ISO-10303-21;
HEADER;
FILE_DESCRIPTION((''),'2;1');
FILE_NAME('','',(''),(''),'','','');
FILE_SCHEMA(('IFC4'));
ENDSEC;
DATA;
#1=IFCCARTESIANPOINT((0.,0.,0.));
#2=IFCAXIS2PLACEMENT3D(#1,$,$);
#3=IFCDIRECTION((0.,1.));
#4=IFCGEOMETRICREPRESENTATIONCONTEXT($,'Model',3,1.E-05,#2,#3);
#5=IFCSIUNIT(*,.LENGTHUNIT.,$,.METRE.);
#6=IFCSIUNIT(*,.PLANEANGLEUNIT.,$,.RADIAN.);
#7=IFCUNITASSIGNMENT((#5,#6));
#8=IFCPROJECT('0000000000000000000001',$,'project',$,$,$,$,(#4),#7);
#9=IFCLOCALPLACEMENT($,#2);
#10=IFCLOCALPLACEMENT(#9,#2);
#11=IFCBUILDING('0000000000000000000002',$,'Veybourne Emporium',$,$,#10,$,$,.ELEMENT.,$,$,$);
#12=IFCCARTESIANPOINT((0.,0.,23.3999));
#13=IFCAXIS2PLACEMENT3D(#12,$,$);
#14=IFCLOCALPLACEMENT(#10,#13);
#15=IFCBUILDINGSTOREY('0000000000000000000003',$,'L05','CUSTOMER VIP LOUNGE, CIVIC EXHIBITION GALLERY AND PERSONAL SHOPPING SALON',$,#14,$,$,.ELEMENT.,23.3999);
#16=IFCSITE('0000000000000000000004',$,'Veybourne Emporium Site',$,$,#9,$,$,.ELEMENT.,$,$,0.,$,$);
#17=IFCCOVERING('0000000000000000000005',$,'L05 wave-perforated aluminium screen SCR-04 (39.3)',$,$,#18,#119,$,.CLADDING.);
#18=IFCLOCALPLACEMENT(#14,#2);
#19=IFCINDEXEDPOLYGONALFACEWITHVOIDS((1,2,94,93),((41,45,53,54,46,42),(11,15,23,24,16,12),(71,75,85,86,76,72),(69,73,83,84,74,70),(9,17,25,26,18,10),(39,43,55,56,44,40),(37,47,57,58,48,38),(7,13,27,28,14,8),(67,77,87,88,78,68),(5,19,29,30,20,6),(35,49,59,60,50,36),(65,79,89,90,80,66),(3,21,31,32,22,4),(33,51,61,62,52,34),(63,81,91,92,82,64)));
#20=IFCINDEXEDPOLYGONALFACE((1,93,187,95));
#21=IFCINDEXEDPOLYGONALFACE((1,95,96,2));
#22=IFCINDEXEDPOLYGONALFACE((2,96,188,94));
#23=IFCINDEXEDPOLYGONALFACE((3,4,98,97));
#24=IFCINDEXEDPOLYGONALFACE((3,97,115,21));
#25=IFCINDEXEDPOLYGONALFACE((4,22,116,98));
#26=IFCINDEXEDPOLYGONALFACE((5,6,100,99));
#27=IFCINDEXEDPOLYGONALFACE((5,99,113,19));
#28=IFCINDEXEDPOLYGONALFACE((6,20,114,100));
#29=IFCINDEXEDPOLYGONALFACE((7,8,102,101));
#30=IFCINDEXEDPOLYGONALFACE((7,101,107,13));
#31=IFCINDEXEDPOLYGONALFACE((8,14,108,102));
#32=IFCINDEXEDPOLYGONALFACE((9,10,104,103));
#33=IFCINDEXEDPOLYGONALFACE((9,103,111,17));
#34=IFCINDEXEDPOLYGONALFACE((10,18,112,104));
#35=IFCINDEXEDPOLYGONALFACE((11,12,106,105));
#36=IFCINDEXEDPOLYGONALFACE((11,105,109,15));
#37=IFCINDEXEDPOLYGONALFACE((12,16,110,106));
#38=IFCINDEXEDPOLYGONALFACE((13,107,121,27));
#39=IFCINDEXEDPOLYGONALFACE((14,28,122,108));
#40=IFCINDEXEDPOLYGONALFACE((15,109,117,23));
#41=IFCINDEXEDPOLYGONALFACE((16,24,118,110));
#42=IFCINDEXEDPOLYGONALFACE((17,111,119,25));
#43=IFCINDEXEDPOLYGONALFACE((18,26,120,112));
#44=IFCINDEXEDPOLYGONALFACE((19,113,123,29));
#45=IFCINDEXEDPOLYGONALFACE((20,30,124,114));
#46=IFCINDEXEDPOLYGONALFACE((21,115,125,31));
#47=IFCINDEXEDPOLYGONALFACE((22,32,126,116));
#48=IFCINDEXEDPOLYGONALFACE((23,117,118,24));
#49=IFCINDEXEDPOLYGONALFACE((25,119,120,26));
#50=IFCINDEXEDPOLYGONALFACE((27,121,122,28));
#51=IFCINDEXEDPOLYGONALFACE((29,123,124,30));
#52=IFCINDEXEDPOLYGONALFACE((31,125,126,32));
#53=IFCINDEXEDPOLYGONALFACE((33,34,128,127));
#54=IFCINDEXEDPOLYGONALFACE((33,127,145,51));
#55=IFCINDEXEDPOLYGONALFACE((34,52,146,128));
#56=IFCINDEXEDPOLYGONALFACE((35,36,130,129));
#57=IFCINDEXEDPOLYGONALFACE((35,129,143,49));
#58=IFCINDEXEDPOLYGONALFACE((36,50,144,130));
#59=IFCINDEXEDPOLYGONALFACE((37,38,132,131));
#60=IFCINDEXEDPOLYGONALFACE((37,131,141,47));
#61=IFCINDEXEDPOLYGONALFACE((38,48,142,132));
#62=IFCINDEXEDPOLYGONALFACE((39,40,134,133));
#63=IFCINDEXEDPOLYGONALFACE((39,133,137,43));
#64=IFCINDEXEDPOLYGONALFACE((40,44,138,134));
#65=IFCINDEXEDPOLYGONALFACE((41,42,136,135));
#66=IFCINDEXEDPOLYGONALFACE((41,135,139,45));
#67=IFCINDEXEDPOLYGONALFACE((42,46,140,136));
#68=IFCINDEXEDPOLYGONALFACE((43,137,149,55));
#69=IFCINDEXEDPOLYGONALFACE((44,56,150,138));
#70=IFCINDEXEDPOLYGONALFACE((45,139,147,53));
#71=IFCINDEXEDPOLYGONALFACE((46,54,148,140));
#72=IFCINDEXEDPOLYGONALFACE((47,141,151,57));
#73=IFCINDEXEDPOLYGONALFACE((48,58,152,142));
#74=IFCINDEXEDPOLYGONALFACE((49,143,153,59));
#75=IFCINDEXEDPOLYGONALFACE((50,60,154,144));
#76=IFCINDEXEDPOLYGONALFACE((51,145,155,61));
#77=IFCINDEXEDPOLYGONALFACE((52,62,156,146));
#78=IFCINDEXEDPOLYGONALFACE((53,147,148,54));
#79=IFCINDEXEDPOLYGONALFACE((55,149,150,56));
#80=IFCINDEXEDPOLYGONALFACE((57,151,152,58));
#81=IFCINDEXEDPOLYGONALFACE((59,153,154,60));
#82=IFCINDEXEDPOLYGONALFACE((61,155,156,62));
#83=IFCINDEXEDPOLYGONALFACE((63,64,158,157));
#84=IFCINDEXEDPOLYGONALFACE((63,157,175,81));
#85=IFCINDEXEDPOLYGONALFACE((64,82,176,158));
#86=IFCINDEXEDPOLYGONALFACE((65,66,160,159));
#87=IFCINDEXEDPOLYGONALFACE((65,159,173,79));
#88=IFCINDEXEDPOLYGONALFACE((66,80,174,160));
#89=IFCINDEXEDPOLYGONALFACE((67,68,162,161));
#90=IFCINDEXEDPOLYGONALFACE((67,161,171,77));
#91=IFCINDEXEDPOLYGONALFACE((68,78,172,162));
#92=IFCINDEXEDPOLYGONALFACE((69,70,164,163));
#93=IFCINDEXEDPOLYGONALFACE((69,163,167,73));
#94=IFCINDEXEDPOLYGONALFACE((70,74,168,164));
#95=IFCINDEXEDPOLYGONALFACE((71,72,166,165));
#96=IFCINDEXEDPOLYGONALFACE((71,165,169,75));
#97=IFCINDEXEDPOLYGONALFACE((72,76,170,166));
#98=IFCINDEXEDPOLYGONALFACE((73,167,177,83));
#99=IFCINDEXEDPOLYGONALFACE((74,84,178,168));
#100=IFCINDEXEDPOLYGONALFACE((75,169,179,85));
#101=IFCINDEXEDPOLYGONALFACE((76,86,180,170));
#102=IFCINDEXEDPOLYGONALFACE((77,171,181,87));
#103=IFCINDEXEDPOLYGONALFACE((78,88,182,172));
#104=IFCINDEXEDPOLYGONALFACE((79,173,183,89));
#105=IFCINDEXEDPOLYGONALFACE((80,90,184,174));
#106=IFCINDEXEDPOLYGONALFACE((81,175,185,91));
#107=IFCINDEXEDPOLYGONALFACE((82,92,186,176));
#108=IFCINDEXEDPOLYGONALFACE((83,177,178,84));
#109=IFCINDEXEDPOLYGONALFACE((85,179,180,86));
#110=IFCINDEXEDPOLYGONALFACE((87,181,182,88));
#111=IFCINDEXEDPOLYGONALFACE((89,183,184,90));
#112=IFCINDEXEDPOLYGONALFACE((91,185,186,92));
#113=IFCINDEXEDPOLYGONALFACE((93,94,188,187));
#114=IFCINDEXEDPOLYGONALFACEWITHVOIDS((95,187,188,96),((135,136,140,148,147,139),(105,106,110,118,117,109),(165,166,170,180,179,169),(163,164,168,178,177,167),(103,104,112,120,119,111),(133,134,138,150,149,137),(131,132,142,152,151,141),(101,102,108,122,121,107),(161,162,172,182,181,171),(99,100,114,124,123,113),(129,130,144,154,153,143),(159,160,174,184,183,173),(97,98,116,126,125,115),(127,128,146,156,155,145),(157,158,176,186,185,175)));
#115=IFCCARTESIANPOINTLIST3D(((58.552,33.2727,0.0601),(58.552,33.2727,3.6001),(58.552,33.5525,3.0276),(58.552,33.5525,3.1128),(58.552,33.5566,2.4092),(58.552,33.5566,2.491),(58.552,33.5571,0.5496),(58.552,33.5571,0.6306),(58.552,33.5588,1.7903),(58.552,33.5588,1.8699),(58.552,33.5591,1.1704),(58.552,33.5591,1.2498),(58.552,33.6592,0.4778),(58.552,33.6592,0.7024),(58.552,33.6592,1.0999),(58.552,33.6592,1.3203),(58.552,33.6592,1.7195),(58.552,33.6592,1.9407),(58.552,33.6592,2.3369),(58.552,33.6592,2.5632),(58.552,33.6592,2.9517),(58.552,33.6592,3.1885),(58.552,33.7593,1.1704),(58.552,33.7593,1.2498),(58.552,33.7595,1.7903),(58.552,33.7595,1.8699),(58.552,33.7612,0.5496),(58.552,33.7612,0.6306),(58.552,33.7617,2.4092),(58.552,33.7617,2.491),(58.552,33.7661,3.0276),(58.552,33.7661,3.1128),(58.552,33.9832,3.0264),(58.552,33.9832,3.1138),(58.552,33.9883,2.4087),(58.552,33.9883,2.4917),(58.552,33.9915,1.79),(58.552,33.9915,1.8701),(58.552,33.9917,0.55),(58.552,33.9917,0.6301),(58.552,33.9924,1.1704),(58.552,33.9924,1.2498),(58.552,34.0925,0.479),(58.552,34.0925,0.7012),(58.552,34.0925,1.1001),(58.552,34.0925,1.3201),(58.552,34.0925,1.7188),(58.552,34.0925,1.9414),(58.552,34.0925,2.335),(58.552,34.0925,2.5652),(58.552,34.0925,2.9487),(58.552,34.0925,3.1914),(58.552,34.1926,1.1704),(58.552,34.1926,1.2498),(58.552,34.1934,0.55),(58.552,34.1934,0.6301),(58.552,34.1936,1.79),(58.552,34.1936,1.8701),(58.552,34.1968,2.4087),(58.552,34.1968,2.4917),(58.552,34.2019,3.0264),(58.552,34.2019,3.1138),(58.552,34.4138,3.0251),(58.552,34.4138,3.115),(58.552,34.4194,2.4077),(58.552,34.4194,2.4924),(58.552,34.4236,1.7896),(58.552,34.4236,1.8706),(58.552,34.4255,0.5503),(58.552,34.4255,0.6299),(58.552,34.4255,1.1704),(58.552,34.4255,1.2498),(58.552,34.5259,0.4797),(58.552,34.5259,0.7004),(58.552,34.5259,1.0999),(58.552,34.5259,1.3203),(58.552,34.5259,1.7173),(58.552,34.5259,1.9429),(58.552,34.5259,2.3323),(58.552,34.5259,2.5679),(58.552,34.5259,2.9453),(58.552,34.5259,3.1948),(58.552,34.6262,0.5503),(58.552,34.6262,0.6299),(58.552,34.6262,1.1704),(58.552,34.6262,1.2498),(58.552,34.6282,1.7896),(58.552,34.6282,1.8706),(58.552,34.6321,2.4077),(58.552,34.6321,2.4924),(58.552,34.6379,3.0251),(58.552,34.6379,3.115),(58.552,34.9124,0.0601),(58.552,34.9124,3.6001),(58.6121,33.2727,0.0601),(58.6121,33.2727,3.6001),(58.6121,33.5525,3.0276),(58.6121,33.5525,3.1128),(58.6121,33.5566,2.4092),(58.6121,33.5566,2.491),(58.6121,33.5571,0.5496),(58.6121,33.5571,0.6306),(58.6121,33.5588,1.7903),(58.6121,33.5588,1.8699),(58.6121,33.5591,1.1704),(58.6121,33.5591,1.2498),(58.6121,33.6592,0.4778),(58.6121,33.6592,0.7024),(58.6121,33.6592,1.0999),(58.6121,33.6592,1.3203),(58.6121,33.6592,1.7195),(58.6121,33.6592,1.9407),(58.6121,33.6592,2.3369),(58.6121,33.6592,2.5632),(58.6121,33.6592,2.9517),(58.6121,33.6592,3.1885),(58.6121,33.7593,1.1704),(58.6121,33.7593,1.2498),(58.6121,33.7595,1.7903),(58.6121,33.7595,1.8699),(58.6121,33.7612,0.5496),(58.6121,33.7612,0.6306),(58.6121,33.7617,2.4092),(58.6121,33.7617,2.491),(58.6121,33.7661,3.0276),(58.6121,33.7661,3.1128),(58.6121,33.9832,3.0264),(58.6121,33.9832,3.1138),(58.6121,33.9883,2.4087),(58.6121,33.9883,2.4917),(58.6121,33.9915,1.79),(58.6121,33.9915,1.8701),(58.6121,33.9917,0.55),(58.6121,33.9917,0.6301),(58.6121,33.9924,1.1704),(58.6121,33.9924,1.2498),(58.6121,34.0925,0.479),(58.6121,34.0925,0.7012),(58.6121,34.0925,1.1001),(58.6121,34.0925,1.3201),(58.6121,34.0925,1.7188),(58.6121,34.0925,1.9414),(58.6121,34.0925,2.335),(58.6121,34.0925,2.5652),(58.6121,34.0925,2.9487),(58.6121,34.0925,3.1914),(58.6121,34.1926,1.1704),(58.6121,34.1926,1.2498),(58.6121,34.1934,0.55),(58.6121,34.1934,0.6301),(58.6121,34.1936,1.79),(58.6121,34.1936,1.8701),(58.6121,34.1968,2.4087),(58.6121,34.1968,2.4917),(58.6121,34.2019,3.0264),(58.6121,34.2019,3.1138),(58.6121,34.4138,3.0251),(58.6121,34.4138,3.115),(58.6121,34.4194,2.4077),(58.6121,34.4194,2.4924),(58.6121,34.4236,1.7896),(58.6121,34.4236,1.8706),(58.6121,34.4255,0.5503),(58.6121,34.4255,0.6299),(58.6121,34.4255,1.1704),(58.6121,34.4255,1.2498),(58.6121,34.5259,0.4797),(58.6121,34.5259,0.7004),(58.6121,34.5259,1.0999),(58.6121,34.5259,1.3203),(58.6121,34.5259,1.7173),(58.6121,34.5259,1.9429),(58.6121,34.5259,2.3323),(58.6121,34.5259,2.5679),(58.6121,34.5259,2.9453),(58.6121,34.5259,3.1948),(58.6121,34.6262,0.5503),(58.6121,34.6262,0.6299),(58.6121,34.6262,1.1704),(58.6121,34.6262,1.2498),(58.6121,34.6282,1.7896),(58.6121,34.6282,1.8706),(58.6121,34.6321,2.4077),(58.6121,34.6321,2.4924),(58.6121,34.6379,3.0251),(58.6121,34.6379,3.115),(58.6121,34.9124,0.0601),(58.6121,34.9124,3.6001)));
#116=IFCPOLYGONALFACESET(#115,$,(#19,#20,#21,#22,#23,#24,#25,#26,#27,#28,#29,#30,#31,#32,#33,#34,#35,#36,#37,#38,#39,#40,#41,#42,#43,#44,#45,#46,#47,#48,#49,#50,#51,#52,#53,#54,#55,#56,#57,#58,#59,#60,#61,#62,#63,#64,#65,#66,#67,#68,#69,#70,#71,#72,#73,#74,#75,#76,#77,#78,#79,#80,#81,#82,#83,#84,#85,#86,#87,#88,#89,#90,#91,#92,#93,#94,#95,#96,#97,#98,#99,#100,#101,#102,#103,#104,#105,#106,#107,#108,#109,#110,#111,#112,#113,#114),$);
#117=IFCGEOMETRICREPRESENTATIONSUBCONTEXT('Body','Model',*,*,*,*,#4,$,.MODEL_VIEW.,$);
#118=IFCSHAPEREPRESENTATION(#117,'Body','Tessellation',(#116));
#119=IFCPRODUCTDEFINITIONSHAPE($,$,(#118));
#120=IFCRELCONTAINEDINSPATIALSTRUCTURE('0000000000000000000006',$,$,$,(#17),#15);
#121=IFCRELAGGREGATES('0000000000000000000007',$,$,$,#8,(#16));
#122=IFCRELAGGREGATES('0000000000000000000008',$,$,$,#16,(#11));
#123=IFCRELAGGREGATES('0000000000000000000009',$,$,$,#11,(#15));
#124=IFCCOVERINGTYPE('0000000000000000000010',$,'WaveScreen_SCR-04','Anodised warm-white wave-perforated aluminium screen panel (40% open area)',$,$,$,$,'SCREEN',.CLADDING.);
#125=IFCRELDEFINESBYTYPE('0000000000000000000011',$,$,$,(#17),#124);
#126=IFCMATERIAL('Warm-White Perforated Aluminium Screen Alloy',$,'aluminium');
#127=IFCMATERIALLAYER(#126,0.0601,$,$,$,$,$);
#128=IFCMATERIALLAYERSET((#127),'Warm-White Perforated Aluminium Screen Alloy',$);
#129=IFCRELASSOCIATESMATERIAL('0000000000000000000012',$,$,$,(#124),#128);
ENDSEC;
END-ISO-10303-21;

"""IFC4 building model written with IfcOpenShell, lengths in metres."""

from ifc_helpers import new_model, si_unit, direction, frame, origin, place, context, subcontext, project, spatial, polyline, outline, extrude, material, layer, layer_set, type_object, element, save


model = new_model("IFC4")

# Units and contexts
model_context = context("Model", 3, precision=1e-05, world=origin(), true_north=direction((0.0, 1.0)))
body_context = subcontext(model_context, "Body", "Model", "MODEL_VIEW")
ifc_project = project(units=[si_unit("LENGTHUNIT", "METRE"), si_unit("PLANEANGLEUNIT", "RADIAN")], contexts=[model_context])

# Site, building, storey
site_placement = place(None, origin())
site = spatial("IfcSite", under=ifc_project, at=site_placement, Name="Veybourne Emporium Site", CompositionType="ELEMENT", RefElevation=0.0)
building_placement = place(site_placement, origin())
building = spatial("IfcBuilding", under=site, at=building_placement, Name="Veybourne Emporium", CompositionType="ELEMENT")
storey_placement = place(building_placement, frame((0.0, 0.0, 23.3999)))
storey = spatial("IfcBuildingStorey", under=building, at=storey_placement, Name="L05", Description="CUSTOMER VIP LOUNGE, CIVIC EXHIBITION GALLERY AND PERSONAL SHOPPING SALON", CompositionType="ELEMENT", Elevation=23.3999)

# Covering
ifc_material_1 = material(Name="Warm-White Perforated Aluminium Screen Alloy", Category="aluminium")
ifc_layer_1 = layer(ifc_material_1, 0.0601)
ifc_layer_set_1 = layer_set([ifc_layer_1], Name="Warm-White Perforated Aluminium Screen Alloy")
covering_type_1 = type_object("IfcCoveringType", Name="WaveScreen_SCR-04", Description="Anodised warm-white wave-perforated aluminium screen panel (40% open area)", ElementType="SCREEN", PredefinedType="CLADDING", material=ifc_layer_set_1)
covering_1_placement = place(storey_placement, frame((58.552, 34.0925, 1.8301), z_axis=(1.0, 0.0, 0.0), x_axis=(0.0, 1.0, 0.0)))
element("IfcCovering", 1, at=covering_1_placement, inside=storey, type_object=covering_type_1, Name="L05 wave-perforated aluminium screen SCR-04 (39.3)", PredefinedType="CLADDING", context=body_context, shape_type="SweptSolid", body=[
    extrude(outline(polyline([(-0.8198, -1.77), (0.8198, -1.77), (0.8198, 1.77), (-0.8198, 1.77), (-0.8198, -1.77)]), holes=[polyline([(-0.4333, -1.1277), (-0.3313, -1.1995), (-0.3313, -1.2805), (-0.4333, -1.3523), (-0.5354, -1.2805), (-0.5354, -1.1995), (-0.4333, -1.1277)]), polyline([(-0.4333, -0.5098), (-0.3333, -0.5803), (-0.3333, -0.6597), (-0.4333, -0.7302), (-0.5334, -0.6597), (-0.5334, -0.5803), (-0.4333, -0.5098)]), polyline([(-0.4333, 0.1106), (-0.333, 0.0398), (-0.333, -0.0398), (-0.4333, -0.1106), (-0.5337, -0.0398), (-0.5337, 0.0398), (-0.4333, 0.1106)]), polyline([(-0.4333, 0.7332), (-0.3308, 0.6609), (-0.3308, 0.5791), (-0.4333, 0.5068), (-0.5359, 0.5791), (-0.5359, 0.6609), (-0.4333, 0.7332)]), polyline([(-0.4333, 1.3584), (-0.3264, 1.2827), (-0.3264, 1.1975), (-0.4333, 1.1216), (-0.54, 1.1975), (-0.54, 1.2827), (-0.4333, 1.3584)]), polyline([(0.0, -1.1289), (0.1008, -1.2), (0.1008, -1.28), (0.0, -1.3511), (-0.1008, -1.28), (-0.1008, -1.2), (0.0, -1.1289)]), polyline([(0.0, -0.51), (0.1001, -0.5803), (0.1001, -0.6597), (0.0, -0.73), (-0.1001, -0.6597), (-0.1001, -0.5803), (0.0, -0.51)]), polyline([(0.0, 0.1113), (0.1011, 0.04), (0.1011, -0.04), (0.0, -0.1113), (-0.1011, -0.04), (-0.1011, 0.04), (0.0, 0.1113)]), polyline([(0.0, 0.7351), (0.1042, 0.6616), (0.1042, 0.5786), (0.0, 0.5049), (-0.1042, 0.5786), (-0.1042, 0.6616), (0.0, 0.7351)]), polyline([(0.0, 1.3613), (0.1094, 1.2837), (0.1094, 1.1963), (0.0, 1.1187), (-0.1094, 1.1963), (-0.1094, 1.2837), (0.0, 1.3613)]), polyline([(0.4333, -1.1296), (0.5337, -1.2002), (0.5337, -1.2798), (0.4333, -1.3503), (0.333, -1.2798), (0.333, -1.2002), (0.4333, -1.1296)]), polyline([(0.4333, -0.5098), (0.5337, -0.5803), (0.5337, -0.6597), (0.4333, -0.7302), (0.333, -0.6597), (0.333, -0.5803), (0.4333, -0.5098)]), polyline([(0.4333, 0.1128), (0.5356, 0.0405), (0.5356, -0.0405), (0.4333, -0.1128), (0.3311, -0.0405), (0.3311, 0.0405), (0.4333, 0.1128)]), polyline([(0.4333, 0.7378), (0.5396, 0.6624), (0.5396, 0.5776), (0.4333, 0.5022), (0.3269, 0.5776), (0.3269, 0.6624), (0.4333, 0.7378)]), polyline([(0.4333, 1.3647), (0.5454, 1.2849), (0.5454, 1.1951), (0.4333, 1.1152), (0.3213, 1.1951), (0.3213, 1.2849), (0.4333, 1.3647)])]), origin(), (0.0, 0.0, 1.0), 0.0601),
])

save(model, "model.ifc")
